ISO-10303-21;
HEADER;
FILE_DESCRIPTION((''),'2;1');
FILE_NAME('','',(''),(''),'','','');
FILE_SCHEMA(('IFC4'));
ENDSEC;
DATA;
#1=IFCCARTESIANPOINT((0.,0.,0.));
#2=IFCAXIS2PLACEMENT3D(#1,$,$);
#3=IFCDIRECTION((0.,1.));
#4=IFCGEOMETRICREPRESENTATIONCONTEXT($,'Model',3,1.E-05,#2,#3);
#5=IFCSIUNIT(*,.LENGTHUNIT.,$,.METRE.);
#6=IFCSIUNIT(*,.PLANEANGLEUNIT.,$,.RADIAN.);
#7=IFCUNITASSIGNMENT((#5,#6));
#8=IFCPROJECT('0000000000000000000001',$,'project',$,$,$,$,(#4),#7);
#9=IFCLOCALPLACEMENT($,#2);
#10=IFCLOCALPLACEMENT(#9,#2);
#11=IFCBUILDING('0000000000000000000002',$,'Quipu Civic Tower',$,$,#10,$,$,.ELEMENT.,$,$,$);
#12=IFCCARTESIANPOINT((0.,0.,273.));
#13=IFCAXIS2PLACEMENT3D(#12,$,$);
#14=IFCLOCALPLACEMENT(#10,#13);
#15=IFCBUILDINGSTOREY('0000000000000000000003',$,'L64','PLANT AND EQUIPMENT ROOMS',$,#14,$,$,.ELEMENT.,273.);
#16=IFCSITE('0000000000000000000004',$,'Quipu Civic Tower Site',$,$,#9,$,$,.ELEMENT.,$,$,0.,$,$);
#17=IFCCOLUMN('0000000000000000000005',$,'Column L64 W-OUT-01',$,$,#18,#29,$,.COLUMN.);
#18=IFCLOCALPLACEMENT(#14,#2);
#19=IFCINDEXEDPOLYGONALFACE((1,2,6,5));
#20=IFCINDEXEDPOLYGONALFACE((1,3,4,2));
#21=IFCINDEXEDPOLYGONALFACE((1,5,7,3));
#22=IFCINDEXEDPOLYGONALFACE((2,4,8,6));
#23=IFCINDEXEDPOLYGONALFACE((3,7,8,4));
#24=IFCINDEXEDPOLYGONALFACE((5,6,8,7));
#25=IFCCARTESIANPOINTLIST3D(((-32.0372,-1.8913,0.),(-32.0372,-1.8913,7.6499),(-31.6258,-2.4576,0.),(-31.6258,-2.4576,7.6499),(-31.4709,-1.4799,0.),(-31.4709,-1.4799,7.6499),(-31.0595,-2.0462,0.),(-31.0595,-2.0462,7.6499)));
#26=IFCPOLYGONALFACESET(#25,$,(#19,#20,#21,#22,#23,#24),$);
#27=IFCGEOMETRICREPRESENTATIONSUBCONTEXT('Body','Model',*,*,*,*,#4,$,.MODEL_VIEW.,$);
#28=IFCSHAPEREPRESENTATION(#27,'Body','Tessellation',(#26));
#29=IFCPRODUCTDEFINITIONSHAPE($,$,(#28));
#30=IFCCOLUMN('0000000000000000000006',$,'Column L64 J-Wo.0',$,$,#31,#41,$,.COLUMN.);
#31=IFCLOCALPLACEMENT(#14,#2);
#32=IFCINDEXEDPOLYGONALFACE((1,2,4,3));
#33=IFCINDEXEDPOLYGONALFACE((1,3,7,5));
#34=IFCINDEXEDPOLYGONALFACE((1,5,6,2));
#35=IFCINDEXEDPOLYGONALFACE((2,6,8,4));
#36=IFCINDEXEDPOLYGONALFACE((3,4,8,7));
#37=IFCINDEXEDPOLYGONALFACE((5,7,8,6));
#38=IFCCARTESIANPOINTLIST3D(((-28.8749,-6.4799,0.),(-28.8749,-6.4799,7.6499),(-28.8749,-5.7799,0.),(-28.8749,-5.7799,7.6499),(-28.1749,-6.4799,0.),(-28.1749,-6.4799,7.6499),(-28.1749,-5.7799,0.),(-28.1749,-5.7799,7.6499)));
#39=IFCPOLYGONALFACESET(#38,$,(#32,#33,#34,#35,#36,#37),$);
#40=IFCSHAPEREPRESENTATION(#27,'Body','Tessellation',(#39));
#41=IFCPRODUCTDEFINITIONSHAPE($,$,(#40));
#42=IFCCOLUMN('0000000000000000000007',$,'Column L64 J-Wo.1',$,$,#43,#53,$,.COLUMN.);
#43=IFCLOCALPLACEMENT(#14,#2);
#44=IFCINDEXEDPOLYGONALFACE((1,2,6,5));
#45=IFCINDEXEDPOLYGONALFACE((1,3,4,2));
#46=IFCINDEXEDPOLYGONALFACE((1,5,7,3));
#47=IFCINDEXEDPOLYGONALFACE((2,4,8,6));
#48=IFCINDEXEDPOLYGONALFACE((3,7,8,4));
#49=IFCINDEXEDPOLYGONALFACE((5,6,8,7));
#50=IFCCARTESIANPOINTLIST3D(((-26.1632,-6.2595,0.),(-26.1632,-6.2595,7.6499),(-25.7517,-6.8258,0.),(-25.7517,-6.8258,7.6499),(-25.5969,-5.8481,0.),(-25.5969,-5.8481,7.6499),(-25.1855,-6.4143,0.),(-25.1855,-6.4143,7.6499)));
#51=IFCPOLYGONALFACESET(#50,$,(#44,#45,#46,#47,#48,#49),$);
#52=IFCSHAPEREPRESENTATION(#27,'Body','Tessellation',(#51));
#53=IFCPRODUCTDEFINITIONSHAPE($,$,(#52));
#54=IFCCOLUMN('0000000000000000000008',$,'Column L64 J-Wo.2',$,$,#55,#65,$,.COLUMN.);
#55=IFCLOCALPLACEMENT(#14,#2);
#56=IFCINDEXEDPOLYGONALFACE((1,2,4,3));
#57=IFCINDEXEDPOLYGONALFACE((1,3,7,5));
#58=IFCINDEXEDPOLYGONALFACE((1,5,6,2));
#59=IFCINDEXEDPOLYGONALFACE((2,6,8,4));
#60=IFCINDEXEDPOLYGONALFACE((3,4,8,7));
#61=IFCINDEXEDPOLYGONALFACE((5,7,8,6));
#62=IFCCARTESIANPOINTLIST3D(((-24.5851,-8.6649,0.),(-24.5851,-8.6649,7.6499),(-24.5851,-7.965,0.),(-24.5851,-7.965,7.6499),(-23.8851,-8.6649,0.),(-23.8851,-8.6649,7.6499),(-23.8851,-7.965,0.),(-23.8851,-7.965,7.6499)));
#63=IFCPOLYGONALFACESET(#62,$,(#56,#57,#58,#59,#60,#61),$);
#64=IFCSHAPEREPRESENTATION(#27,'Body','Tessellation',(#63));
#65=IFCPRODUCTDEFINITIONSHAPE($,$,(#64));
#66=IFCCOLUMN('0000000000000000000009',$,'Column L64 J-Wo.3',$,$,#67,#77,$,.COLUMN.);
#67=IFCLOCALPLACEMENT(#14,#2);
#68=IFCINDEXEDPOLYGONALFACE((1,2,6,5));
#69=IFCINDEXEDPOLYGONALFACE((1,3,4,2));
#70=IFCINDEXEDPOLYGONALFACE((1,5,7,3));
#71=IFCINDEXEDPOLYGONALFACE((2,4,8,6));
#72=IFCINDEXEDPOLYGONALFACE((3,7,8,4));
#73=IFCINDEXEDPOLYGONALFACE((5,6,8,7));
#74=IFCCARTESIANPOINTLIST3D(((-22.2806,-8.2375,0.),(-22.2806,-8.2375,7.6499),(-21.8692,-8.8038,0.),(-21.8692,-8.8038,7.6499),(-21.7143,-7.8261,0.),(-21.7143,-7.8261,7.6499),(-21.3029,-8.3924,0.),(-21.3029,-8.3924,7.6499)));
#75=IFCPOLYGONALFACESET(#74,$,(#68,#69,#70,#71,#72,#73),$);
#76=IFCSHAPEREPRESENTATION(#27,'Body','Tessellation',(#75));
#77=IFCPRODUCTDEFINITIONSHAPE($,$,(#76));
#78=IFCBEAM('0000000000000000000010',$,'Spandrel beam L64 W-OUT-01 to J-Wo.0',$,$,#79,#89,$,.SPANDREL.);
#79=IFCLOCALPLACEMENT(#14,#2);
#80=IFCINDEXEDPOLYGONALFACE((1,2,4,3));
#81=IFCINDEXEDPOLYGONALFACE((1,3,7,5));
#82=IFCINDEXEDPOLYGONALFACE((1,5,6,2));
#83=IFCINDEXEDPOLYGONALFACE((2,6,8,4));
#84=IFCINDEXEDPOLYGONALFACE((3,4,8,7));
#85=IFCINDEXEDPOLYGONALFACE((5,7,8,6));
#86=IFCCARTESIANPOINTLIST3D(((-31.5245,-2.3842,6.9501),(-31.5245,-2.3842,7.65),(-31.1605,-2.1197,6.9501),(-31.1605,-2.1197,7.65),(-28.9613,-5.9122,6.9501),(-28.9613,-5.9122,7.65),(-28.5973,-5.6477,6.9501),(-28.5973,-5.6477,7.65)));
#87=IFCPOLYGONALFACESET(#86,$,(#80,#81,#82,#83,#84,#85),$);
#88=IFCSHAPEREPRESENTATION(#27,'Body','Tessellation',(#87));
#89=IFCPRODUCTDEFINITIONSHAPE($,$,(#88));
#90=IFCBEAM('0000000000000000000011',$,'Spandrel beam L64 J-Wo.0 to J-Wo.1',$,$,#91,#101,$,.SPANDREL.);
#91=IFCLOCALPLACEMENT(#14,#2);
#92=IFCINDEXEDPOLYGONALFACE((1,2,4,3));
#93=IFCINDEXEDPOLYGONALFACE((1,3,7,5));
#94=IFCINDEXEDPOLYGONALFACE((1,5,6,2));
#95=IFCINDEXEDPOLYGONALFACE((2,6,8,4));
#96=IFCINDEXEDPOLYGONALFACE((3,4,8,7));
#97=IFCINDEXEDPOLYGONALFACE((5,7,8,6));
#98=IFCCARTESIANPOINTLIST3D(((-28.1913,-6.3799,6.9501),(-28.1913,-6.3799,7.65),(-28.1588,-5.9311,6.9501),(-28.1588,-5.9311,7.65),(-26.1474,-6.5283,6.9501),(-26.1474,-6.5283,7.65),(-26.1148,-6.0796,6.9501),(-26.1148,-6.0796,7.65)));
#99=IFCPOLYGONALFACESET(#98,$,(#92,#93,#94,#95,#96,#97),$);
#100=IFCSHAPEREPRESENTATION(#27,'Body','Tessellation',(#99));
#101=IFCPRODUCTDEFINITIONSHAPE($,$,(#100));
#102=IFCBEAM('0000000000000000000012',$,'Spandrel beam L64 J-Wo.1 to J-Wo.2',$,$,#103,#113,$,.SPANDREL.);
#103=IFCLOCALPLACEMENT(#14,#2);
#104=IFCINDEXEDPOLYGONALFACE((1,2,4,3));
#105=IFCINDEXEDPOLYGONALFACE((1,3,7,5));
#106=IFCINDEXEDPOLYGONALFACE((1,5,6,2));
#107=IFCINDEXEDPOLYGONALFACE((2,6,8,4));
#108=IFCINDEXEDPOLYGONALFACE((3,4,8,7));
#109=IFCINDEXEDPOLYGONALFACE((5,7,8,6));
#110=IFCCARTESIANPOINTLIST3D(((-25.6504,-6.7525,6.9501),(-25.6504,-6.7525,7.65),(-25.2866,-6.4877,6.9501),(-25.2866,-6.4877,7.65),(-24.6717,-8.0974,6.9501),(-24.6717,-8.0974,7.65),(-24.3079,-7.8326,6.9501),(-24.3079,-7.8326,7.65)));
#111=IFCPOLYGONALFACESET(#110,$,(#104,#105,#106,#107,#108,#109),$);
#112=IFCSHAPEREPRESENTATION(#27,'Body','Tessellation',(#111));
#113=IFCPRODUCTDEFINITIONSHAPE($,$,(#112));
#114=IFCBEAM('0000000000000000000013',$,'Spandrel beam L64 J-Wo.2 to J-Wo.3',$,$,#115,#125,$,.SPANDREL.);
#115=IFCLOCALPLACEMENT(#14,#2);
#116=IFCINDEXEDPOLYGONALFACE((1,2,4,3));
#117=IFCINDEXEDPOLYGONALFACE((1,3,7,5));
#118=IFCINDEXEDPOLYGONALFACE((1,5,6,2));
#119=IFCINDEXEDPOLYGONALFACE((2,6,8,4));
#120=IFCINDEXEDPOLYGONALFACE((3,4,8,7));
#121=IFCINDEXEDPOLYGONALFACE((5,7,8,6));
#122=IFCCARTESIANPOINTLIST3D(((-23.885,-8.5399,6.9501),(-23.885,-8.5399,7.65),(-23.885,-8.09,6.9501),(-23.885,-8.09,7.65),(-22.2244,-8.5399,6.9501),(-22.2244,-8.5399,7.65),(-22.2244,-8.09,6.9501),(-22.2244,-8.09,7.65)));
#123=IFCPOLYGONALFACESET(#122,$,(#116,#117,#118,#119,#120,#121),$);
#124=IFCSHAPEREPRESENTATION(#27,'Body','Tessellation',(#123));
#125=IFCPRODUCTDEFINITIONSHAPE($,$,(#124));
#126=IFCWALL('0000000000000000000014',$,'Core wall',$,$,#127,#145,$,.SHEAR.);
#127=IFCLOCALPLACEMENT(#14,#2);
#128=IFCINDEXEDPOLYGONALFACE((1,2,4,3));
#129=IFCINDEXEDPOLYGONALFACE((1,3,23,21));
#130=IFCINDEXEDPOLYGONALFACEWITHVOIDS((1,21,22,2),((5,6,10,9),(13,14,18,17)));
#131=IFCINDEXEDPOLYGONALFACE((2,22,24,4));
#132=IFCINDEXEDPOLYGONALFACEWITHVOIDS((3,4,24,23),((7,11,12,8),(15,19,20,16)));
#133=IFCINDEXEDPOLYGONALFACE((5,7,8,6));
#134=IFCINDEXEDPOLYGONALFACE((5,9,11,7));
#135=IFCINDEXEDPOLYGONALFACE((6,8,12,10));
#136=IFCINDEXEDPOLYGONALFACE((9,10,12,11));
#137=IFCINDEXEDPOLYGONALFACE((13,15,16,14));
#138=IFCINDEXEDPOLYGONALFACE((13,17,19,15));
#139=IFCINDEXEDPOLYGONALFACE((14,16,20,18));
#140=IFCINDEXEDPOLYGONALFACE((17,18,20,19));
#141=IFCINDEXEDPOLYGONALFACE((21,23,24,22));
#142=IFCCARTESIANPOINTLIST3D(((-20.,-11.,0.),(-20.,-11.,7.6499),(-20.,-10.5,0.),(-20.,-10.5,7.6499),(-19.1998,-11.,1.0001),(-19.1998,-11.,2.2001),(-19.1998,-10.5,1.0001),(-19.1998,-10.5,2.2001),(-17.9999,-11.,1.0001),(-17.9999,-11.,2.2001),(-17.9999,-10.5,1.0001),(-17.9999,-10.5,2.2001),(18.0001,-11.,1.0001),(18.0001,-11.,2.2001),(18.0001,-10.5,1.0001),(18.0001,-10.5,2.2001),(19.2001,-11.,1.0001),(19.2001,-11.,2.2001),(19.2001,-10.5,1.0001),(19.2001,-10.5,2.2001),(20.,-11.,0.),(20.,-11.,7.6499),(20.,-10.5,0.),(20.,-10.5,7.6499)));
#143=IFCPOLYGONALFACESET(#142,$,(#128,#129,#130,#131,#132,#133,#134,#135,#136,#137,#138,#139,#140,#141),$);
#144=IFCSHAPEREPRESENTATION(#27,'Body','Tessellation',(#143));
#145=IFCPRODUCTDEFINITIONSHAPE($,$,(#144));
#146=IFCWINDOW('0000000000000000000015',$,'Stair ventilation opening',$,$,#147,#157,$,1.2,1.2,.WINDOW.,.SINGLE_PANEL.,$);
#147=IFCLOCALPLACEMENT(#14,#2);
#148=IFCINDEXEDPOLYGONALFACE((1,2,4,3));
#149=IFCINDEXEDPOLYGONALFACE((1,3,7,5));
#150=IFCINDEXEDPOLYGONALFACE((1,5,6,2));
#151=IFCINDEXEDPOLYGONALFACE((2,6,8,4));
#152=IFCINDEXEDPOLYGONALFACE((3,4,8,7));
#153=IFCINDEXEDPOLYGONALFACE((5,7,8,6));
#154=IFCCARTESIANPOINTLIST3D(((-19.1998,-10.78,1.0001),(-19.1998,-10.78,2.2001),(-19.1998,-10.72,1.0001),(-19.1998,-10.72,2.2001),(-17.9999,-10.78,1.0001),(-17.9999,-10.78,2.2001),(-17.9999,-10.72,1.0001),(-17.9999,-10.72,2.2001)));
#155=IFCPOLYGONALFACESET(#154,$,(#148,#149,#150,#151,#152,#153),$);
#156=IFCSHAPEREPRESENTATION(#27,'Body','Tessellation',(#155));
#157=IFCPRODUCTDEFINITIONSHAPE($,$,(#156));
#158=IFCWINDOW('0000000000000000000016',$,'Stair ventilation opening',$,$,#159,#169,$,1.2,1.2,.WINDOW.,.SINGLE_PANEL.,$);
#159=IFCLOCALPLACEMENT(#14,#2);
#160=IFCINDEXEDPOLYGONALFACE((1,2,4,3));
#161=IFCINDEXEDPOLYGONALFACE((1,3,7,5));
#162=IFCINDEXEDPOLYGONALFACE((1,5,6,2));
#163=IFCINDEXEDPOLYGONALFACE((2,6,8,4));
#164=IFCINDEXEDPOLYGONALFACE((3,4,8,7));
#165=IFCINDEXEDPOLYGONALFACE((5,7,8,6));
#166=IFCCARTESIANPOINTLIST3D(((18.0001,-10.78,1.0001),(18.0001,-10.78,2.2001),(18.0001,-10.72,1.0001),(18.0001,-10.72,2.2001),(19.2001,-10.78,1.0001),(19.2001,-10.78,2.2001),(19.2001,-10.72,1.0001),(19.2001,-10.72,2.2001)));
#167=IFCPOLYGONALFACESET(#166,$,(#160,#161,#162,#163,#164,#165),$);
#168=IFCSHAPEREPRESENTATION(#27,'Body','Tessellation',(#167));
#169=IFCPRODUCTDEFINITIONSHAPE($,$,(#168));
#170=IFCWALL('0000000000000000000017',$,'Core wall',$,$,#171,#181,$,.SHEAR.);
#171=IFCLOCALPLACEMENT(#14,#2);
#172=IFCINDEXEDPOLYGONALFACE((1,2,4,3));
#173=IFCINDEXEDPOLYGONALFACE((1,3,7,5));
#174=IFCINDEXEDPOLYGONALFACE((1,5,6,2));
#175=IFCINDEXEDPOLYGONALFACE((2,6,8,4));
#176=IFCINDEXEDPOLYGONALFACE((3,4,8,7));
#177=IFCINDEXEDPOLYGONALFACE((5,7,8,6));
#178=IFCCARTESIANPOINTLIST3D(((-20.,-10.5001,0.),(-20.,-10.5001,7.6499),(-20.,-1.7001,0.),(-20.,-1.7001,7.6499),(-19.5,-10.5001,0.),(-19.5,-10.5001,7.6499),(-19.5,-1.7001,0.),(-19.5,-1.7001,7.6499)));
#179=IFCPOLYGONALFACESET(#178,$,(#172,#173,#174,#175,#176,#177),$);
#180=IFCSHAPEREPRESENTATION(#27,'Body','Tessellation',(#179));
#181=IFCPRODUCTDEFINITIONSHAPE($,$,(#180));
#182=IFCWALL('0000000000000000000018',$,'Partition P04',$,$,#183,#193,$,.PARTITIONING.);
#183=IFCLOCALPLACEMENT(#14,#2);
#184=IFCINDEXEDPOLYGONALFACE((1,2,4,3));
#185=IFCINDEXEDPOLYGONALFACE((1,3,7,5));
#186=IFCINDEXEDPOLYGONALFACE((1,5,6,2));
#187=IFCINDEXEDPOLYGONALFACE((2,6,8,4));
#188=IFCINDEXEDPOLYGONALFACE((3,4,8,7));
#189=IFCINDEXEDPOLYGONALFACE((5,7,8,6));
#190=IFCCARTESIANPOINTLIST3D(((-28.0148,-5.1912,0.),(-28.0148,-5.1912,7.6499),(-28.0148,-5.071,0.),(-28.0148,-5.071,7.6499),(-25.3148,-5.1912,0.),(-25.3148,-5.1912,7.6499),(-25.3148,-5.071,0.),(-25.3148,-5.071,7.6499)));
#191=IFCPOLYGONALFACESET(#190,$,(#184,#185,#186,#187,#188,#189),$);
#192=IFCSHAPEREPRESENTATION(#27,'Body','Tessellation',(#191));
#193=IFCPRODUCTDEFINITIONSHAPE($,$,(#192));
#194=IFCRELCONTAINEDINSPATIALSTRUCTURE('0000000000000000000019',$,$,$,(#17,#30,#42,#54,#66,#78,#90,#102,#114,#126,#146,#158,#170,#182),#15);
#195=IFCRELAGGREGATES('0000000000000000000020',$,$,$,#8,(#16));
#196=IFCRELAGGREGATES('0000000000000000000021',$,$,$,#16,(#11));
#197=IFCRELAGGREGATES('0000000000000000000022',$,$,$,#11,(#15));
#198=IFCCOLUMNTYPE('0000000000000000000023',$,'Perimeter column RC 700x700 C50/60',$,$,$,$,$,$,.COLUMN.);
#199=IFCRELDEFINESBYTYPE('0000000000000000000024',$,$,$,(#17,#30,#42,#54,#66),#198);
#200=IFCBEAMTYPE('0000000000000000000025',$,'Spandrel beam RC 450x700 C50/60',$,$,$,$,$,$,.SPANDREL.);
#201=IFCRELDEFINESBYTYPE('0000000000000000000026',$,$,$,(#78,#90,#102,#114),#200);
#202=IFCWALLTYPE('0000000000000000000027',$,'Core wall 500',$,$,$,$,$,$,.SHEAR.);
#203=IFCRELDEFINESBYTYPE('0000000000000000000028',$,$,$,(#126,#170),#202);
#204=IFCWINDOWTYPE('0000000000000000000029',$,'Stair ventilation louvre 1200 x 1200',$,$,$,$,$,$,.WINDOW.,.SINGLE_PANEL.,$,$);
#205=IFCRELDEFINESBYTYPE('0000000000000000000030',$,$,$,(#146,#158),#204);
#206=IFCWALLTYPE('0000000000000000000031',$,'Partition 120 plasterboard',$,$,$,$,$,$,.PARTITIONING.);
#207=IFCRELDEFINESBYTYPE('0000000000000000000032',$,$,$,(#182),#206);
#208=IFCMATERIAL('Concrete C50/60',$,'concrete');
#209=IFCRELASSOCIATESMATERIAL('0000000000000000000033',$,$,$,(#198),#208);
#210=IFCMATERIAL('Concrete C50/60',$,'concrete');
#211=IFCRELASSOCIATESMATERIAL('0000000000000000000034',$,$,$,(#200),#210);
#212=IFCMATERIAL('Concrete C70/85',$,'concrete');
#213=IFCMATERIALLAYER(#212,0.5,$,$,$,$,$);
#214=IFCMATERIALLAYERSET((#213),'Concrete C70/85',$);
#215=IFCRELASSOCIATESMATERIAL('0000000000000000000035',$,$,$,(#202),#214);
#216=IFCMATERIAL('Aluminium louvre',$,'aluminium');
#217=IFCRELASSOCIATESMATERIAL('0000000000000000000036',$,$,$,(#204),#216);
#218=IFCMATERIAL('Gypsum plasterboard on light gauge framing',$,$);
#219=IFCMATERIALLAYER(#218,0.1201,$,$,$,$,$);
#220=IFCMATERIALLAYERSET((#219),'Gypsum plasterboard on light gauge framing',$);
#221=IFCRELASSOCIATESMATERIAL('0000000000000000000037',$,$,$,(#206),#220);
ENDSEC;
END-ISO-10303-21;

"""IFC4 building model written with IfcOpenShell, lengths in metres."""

from ifc_helpers import new_model, si_unit, direction, frame, frame_2d, origin, origin_2d, place, context, subcontext, project, spatial, rectangle, extrude, material, layer, layer_set, material_profile, profile_set, type_object, element, fill, save


model = new_model("IFC4")

# Units and contexts
model_context = context("Model", 3, precision=1e-05, world=origin(), true_north=direction((0.0, 1.0)))
body_context = subcontext(model_context, "Body", "Model", "MODEL_VIEW")
ifc_project = project(units=[si_unit("LENGTHUNIT", "METRE"), si_unit("PLANEANGLEUNIT", "RADIAN")], contexts=[model_context])

# Site, building, storey
site_placement = place(None, origin())
site = spatial("IfcSite", under=ifc_project, at=site_placement, Name="Quipu Civic Tower Site", CompositionType="ELEMENT", RefElevation=0.0)
building_placement = place(site_placement, origin())
building = spatial("IfcBuilding", under=site, at=building_placement, Name="Quipu Civic Tower", CompositionType="ELEMENT")
storey_placement = place(building_placement, frame((0.0, 0.0, 273.0)))
storey = spatial("IfcBuildingStorey", under=building, at=storey_placement, Name="L64", Description="PLANT AND EQUIPMENT ROOMS", CompositionType="ELEMENT", Elevation=273.0)

# Columns
ifc_material_1 = material(Name="Concrete C50/60", Category="concrete")
ifc_material_profile_1 = material_profile(ifc_material_1, rectangle(XDim=0.7, YDim=0.7, at=origin_2d()), Name="RC700x700")
ifc_profile_set_1 = profile_set([ifc_material_profile_1], Name="Concrete C50/60")
column_type = type_object("IfcColumnType", Name="Perimeter column RC 700x700 C50/60", PredefinedType="COLUMN", material=ifc_profile_set_1)
for number, where, z_axis, x_axis, name in (
    (1, (-31.5483, -1.9688, 0.0), (0.0, 0.0, 1.0), (0.587785, -0.809017, 0.0), "Column L64 W-OUT-01"),
    (2, (-28.5249, -6.1299, 0.0), (0.0, 0.0, 1.0), (1.0, 0.0, 0.0), "Column L64 J-Wo.0"),
    (3, (-25.6743, -6.3369, 0.0), (0.0, 0.0, 1.0), (0.587785, -0.809017, 0.0), "Column L64 J-Wo.1"),
    (4, (-24.2351, -8.3149, 0.0), (0.0, 0.0, 1.0), (1.0, 0.0, 0.0), "Column L64 J-Wo.2"),
    (5, (-21.7917, -8.3149, 0.0), (0.0, 0.0, 1.0), (0.587785, -0.809017, 0.0), "Column L64 J-Wo.3"),
):
    element("IfcColumn", number, at=place(storey_placement, frame(where, z_axis=z_axis, x_axis=x_axis)), inside=storey, type_object=column_type, Name=name, PredefinedType="COLUMN", context=body_context, shape_type="SweptSolid", body=[
        extrude(rectangle(XDim=0.7, YDim=0.7, at=origin_2d()), origin(), (0.0, 0.0, 1.0), 7.6499),
    ])

# Beams
ifc_material_2 = material(Name="Concrete C50/60", Category="concrete")
ifc_material_profile_2 = material_profile(ifc_material_2, rectangle(XDim=0.45, YDim=0.7, at=origin_2d()), Name="RC450x700")
ifc_profile_set_2 = profile_set([ifc_material_profile_2], Name="Concrete C50/60")
beam_type = type_object("IfcBeamType", Name="Spandrel beam RC 450x700 C50/60", PredefinedType="SPANDREL", material=ifc_profile_set_2)
beam_1_placement = place(storey_placement, frame((-31.3425, -2.252, 7.3), z_axis=(0.587776, -0.809024, 0.0), x_axis=(0.809024, 0.587776, 0.0)))
element("IfcBeam", 6, at=beam_1_placement, inside=storey, type_object=beam_type, Name="Spandrel beam L64 W-OUT-01 to J-Wo.0", PredefinedType="SPANDREL", context=body_context, shape_type="SweptSolid", body=[
    extrude(rectangle(XDim=0.45, YDim=0.7, at=origin_2d()), origin(), (0.0, 0.0, 1.0), 4.3608),
])
beam_2_placement = place(storey_placement, frame((-28.175, -6.1555, 7.3), z_axis=(0.997373, -0.072432, 0.0), x_axis=(0.072432, 0.997373, 0.0)))
element("IfcBeam", 7, at=beam_2_placement, inside=storey, type_object=beam_type, Name="Spandrel beam L64 J-Wo.0 to J-Wo.1", PredefinedType="SPANDREL", context=body_context, shape_type="SweptSolid", body=[
    extrude(rectangle(XDim=0.45, YDim=0.7, at=origin_2d()), origin(), (0.0, 0.0, 1.0), 2.0493),
])
beam_3_placement = place(storey_placement, frame((-25.4685, -6.6201, 7.3), z_axis=(0.588407, -0.808565, 0.0), x_axis=(0.808565, 0.588407, 0.0)))
element("IfcBeam", 8, at=beam_3_placement, inside=storey, type_object=beam_type, Name="Spandrel beam L64 J-Wo.1 to J-Wo.2", PredefinedType="SPANDREL", context=body_context, shape_type="SweptSolid", body=[
    extrude(rectangle(XDim=0.45, YDim=0.7, at=origin_2d()), origin(), (0.0, 0.0, 1.0), 1.6633),
])
beam_4_placement = place(storey_placement, frame((-23.885, -8.3149, 7.3), z_axis=(1.0, 0.0, 0.0), x_axis=(0.0, 1.0, 0.0)))
element("IfcBeam", 9, at=beam_4_placement, inside=storey, type_object=beam_type, Name="Spandrel beam L64 J-Wo.2 to J-Wo.3", PredefinedType="SPANDREL", context=body_context, shape_type="SweptSolid", body=[
    extrude(rectangle(XDim=0.45, YDim=0.7, at=origin_2d()), origin(), (0.0, 0.0, 1.0), 1.6606),
])

# Wall, openings, windows
ifc_material_3 = material(Name="Concrete C70/85", Category="concrete")
ifc_layer_1 = layer(ifc_material_3, 0.5)
ifc_layer_set_1 = layer_set([ifc_layer_1], Name="Concrete C70/85")
wall_type_1 = type_object("IfcWallType", Name="Core wall 500", PredefinedType="SHEAR", material=ifc_layer_set_1)
wall_1_placement = place(storey_placement, frame((-20.0, -10.75, 0.0), z_axis=(0.0, 0.0, 1.0), x_axis=(1.0, 0.0, 0.0)))
wall_1 = element("IfcWall", 10, at=wall_1_placement, inside=storey, type_object=wall_type_1, Name="Core wall", PredefinedType="SHEAR", context=body_context, shape_type="SweptSolid", body=[
    extrude(rectangle(XDim=40.0, YDim=0.5, at=frame_2d((20.0, 0.0))), origin(), (0.0, 0.0, 1.0), 7.6499),
])
opening_1_placement = place(wall_1_placement, frame((0.8, 0.0, 1.0)))
opening_1 = element("IfcOpeningElement", 11, at=opening_1_placement, cuts=wall_1, PredefinedType="OPENING", context=body_context, shape_type="SweptSolid", body=[
    extrude(rectangle(XDim=1.2, YDim=1.2, at=frame_2d((0.6001, 0.6001))), frame((0.0, 0.26, 0.0), z_axis=(0.0, -1.0, 0.0), x_axis=(1.0, 0.0, 0.0)), (0.0, 0.0, 1.0), 0.52),
])
opening_2_placement = place(wall_1_placement, frame((38.0, 0.0, 1.0)))
opening_2 = element("IfcOpeningElement", 12, at=opening_2_placement, cuts=wall_1, PredefinedType="OPENING", context=body_context, shape_type="SweptSolid", body=[
    extrude(rectangle(XDim=1.2, YDim=1.2, at=frame_2d((0.6001, 0.6001))), frame((0.0, 0.26, 0.0), z_axis=(0.0, -1.0, 0.0), x_axis=(1.0, 0.0, 0.0)), (0.0, 0.0, 1.0), 0.52),
])
ifc_material_4 = material(Name="Aluminium louvre", Category="aluminium")
window_type = type_object("IfcWindowType", Name="Stair ventilation louvre 1200 x 1200", PartitioningType="SINGLE_PANEL", PredefinedType="WINDOW", material=ifc_material_4)
window_1_placement = place(opening_1_placement, origin())
window_1 = element("IfcWindow", 13, at=window_1_placement, inside=storey, type_object=window_type, Name="Stair ventilation opening", OverallHeight=1.2, OverallWidth=1.2, PartitioningType="SINGLE_PANEL", PredefinedType="WINDOW", context=body_context, shape_type="SweptSolid", body=[
    extrude(rectangle(XDim=1.2, YDim=1.2, at=frame_2d((0.6001, 0.6001))), frame((0.0, 0.03, 0.0), z_axis=(0.0, -1.0, 0.0), x_axis=(1.0, 0.0, 0.0)), (0.0, 0.0, 1.0), 0.0601),
])
fill(opening_1, window_1)
window_2_placement = place(opening_2_placement, origin())
window_2 = element("IfcWindow", 14, at=window_2_placement, inside=storey, type_object=window_type, Name="Stair ventilation opening", OverallHeight=1.2, OverallWidth=1.2, PartitioningType="SINGLE_PANEL", PredefinedType="WINDOW", context=body_context, shape_type="SweptSolid", body=[
    extrude(rectangle(XDim=1.2, YDim=1.2, at=frame_2d((0.6001, 0.6001))), frame((0.0, 0.03, 0.0), z_axis=(0.0, -1.0, 0.0), x_axis=(1.0, 0.0, 0.0)), (0.0, 0.0, 1.0), 0.0601),
])
fill(opening_2, window_2)

# Walls
wall_2_placement = place(storey_placement, frame((-19.75, -10.5, 0.0), z_axis=(0.0, 0.0, 1.0), x_axis=(0.0, 1.0, 0.0)))
element("IfcWall", 15, at=wall_2_placement, inside=storey, type_object=wall_type_1, Name="Core wall", PredefinedType="SHEAR", context=body_context, shape_type="SweptSolid", body=[
    extrude(rectangle(XDim=8.8, YDim=0.5, at=frame_2d((4.3999, 0.0))), origin(), (0.0, 0.0, 1.0), 7.6499),
])
ifc_material_5 = material(Name="Gypsum plasterboard on light gauge framing")
ifc_layer_2 = layer(ifc_material_5, 0.1201)
ifc_layer_set_2 = layer_set([ifc_layer_2], Name="Gypsum plasterboard on light gauge framing")
wall_type_2 = type_object("IfcWallType", Name="Partition 120 plasterboard", PredefinedType="PARTITIONING", material=ifc_layer_set_2)
wall_3_placement = place(storey_placement, frame((-28.0149, -5.1311, 0.0), z_axis=(0.0, 0.0, 1.0), x_axis=(1.0, 0.0, 0.0)))
element("IfcWall", 16, at=wall_3_placement, inside=storey, type_object=wall_type_2, Name="Partition P04", PredefinedType="PARTITIONING", context=body_context, shape_type="SweptSolid", body=[
    extrude(rectangle(XDim=2.7, YDim=0.1201, at=frame_2d((1.3501, 0.0))), origin(), (0.0, 0.0, 1.0), 7.6499),
])

save(model, "model.ifc")
